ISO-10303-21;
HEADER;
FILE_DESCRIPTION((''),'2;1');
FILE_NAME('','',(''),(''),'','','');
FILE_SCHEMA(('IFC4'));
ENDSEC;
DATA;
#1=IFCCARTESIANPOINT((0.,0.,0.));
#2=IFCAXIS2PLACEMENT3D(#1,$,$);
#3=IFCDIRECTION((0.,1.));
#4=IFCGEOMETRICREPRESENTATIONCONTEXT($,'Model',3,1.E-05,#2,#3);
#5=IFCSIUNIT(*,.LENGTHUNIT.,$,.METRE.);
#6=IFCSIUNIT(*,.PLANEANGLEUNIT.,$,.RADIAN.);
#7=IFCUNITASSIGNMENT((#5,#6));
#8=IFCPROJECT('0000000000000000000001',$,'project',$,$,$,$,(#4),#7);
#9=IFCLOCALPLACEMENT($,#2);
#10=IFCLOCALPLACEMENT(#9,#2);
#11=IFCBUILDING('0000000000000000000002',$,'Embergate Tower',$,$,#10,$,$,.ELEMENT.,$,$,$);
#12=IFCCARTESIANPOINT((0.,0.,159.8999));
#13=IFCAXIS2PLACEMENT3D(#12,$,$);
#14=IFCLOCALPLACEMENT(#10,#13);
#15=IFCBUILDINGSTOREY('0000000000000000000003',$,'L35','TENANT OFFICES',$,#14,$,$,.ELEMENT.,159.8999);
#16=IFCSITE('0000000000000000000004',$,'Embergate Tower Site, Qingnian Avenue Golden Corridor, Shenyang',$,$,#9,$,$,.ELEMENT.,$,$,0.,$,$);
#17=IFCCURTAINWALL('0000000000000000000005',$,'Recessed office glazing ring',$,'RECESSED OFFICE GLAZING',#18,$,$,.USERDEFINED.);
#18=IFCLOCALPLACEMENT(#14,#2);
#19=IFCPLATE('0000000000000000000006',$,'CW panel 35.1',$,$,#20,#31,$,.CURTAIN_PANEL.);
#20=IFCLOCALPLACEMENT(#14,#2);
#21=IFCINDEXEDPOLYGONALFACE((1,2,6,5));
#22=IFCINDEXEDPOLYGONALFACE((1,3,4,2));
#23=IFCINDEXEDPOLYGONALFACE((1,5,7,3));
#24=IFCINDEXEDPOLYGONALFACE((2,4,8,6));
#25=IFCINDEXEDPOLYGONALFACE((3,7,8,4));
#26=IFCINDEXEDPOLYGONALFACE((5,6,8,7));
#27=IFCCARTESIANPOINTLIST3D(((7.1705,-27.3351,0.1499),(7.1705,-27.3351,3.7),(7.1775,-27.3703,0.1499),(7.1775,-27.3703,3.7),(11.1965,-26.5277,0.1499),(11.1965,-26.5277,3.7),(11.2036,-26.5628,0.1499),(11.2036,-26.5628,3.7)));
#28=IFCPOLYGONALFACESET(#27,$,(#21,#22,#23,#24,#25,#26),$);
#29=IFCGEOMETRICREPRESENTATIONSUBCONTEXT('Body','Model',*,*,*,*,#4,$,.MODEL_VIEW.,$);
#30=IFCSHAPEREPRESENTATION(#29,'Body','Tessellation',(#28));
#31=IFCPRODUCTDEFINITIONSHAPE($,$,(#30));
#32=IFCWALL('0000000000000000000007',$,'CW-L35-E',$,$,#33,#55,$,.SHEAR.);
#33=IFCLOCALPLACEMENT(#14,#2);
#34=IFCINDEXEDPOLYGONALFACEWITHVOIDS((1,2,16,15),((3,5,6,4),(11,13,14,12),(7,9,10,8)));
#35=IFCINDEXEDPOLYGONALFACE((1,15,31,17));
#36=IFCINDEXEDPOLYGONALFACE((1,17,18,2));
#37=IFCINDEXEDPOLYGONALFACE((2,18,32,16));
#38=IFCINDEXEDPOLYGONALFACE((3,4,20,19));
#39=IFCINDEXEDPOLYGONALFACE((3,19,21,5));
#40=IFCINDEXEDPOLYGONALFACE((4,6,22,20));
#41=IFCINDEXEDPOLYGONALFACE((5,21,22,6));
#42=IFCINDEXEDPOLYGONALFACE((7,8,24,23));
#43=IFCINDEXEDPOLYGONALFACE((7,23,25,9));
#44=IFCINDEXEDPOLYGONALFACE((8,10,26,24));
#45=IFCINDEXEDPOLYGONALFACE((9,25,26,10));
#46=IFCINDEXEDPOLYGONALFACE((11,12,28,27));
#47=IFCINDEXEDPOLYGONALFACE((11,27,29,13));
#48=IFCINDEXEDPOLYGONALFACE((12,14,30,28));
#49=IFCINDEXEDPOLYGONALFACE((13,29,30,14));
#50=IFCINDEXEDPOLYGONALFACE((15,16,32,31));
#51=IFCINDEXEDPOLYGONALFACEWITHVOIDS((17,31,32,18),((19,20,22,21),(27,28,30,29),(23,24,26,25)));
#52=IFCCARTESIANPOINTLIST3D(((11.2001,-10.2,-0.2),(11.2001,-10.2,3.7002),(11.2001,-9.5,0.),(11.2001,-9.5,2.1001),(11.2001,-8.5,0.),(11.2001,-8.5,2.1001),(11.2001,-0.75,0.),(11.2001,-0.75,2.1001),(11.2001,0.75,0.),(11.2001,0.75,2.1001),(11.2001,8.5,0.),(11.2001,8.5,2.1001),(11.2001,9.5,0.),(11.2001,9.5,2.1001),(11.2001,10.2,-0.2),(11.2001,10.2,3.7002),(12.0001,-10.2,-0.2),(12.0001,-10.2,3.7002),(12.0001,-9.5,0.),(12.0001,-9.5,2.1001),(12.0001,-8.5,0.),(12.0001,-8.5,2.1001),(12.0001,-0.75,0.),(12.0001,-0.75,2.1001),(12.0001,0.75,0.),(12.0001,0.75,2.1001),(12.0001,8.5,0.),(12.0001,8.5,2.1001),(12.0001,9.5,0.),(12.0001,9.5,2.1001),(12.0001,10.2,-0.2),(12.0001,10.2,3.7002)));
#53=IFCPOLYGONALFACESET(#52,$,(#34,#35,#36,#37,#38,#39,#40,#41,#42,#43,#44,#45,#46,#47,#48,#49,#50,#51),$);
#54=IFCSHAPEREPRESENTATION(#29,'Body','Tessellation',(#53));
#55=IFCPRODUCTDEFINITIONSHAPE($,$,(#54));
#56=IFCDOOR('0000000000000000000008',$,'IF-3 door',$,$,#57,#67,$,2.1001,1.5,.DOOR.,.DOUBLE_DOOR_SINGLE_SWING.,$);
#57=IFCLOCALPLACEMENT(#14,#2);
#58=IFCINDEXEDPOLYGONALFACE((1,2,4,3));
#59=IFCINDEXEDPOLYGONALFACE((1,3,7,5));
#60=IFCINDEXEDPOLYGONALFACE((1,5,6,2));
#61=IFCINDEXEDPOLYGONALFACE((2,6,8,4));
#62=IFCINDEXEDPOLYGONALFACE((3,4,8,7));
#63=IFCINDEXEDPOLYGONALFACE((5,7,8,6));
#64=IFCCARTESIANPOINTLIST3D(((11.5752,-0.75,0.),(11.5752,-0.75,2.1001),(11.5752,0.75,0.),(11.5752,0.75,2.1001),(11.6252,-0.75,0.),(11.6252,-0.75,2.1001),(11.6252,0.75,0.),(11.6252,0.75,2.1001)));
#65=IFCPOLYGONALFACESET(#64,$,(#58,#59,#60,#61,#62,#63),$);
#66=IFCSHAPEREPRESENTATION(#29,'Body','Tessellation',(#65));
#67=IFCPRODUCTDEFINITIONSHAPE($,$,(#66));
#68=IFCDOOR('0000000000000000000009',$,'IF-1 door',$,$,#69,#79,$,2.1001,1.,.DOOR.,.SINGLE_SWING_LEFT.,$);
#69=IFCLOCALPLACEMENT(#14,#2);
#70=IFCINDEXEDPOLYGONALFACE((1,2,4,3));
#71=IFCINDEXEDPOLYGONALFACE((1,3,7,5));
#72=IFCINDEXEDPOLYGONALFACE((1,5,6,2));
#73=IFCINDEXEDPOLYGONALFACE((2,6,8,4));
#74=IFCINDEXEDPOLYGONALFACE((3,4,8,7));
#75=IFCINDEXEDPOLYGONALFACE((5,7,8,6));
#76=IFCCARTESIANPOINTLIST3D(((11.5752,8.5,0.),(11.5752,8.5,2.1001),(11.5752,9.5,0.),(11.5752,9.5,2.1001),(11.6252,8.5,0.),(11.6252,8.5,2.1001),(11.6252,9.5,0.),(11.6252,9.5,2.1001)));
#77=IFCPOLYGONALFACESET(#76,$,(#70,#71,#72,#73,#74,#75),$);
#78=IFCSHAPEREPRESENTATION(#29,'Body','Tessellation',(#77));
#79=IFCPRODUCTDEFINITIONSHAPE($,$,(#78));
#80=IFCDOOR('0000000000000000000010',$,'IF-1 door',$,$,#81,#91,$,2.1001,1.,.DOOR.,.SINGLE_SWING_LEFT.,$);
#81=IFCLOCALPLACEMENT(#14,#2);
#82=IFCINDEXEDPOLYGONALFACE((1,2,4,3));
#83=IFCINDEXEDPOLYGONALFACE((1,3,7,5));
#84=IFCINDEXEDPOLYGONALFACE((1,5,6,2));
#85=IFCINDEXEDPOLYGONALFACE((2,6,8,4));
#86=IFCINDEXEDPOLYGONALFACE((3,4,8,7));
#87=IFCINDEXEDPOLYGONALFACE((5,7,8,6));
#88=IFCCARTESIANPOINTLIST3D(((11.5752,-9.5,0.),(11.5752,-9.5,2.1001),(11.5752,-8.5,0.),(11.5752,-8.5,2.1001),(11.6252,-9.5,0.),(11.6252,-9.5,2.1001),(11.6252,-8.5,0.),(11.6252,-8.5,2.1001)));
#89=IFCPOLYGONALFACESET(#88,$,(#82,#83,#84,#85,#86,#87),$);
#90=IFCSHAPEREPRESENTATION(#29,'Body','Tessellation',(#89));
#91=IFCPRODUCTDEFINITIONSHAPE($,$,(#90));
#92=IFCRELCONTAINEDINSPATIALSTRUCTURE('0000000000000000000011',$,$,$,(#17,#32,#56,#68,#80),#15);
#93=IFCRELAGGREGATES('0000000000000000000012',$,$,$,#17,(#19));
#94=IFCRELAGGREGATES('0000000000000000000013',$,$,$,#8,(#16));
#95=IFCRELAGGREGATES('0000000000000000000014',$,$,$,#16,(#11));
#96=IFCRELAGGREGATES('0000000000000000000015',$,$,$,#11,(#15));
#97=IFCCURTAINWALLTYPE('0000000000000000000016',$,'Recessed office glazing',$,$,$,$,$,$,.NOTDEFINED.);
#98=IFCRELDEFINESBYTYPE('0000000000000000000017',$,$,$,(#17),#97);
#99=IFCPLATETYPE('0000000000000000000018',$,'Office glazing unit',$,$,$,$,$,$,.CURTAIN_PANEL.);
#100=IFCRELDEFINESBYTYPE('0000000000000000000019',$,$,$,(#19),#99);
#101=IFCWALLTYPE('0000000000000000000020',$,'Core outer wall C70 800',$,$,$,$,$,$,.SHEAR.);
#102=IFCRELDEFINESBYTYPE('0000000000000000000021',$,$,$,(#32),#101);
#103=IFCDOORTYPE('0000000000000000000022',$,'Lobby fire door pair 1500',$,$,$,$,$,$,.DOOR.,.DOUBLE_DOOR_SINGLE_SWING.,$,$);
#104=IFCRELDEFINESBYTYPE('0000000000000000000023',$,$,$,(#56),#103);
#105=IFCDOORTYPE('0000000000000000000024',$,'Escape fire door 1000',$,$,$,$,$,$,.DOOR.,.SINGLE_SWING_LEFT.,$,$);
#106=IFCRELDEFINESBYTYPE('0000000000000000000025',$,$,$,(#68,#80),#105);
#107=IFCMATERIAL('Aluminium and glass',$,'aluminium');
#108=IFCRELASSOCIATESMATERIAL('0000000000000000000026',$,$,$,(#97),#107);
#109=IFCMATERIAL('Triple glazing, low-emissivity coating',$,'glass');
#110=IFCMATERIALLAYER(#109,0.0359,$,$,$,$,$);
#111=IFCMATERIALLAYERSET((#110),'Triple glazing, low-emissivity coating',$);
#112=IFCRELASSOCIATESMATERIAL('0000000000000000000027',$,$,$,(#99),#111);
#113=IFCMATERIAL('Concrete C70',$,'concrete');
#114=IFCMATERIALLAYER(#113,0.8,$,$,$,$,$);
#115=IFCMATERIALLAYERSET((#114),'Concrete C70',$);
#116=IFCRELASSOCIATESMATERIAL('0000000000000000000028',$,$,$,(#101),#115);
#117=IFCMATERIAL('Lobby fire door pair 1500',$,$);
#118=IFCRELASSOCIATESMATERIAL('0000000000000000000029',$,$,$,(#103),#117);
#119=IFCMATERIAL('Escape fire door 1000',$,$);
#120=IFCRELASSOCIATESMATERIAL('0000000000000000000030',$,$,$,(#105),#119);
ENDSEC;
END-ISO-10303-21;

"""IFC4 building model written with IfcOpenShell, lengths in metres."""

from ifc_helpers import new_model, si_unit, direction, frame, frame_2d, origin, origin_2d, place, context, subcontext, project, spatial, rectangle, extrude, source, transform, mapped, material, layer, layer_set, type_object, element, fill, aggregate, save


model = new_model("IFC4")

# Units and contexts
model_context = context("Model", 3, precision=1e-05, world=origin(), true_north=direction((0.0, 1.0)))
body_context = subcontext(model_context, "Body", "Model", "MODEL_VIEW")
ifc_project = project(units=[si_unit("LENGTHUNIT", "METRE"), si_unit("PLANEANGLEUNIT", "RADIAN")], contexts=[model_context])

# Site, building, storey
site_placement = place(None, origin())
site = spatial("IfcSite", under=ifc_project, at=site_placement, Name="Embergate Tower Site, Qingnian Avenue Golden Corridor, Shenyang", CompositionType="ELEMENT", RefElevation=0.0)
building_placement = place(site_placement, origin())
building = spatial("IfcBuilding", under=site, at=building_placement, Name="Embergate Tower", CompositionType="ELEMENT")
storey_placement = place(building_placement, frame((0.0, 0.0, 159.8999)))
storey = spatial("IfcBuildingStorey", under=building, at=storey_placement, Name="L35", Description="TENANT OFFICES", CompositionType="ELEMENT", Elevation=159.8999)

# Shared definitions
ifc_material_1 = material(Name="Concrete C70", Category="concrete")

# Curtain wall, plate
ifc_material_2 = material(Name="Aluminium and glass", Category="aluminium")
curtain_wall_type = type_object("IfcCurtainWallType", Name="Recessed office glazing", PredefinedType="NOTDEFINED", material=ifc_material_2)
curtain_wall_placement = place(storey_placement, origin())
curtain_wall = element("IfcCurtainWall", 1, at=curtain_wall_placement, inside=storey, type_object=curtain_wall_type, Name="Recessed office glazing ring", ObjectType="RECESSED OFFICE GLAZING", PredefinedType="USERDEFINED")
ifc_material_3 = material(Name="Triple glazing, low-emissivity coating", Category="glass")
ifc_layer_1 = layer(ifc_material_3, 0.0359)
ifc_layer_set_1 = layer_set([ifc_layer_1], Name="Triple glazing, low-emissivity coating")
plate_type = type_object("IfcPlateType", Name="Office glazing unit", PredefinedType="CURTAIN_PANEL", material=ifc_layer_set_1)
shared_shape_1 = source(origin(), body_context, "Body", "SweptSolid", [
    extrude(rectangle(XDim=4.1062, YDim=0.0359, at=origin_2d()), origin(), (0.0, 0.0, 1.0), 3.55),
])
plate_1_placement = place(storey_placement, frame((9.187, -26.949, 0.1499), z_axis=(0.0, 0.0, 1.0), x_axis=(0.980476, 0.196639, 0.0)))
plate_1 = element("IfcPlate", 2, at=plate_1_placement, type_object=plate_type, Name="CW panel 35.1", PredefinedType="CURTAIN_PANEL", context=body_context, shape_type="MappedRepresentation", body=[
    mapped(shared_shape_1, transform((0.0, 0.0, 0.0))),
])
aggregate(curtain_wall, [plate_1])

# Wall, openings, doors
ifc_layer_2 = layer(ifc_material_1, 0.8)
ifc_layer_set_2 = layer_set([ifc_layer_2], Name="Concrete C70")
wall_type_1 = type_object("IfcWallType", Name="Core outer wall C70 800", PredefinedType="SHEAR", material=ifc_layer_set_2)
shared_shape_2 = source(origin(), body_context, "Body", "SweptSolid", [
    extrude(rectangle(XDim=20.3999, YDim=0.8, at=frame_2d((10.2, 0.0))), origin(), (0.0, 0.0, 1.0), 3.9001),
])
wall_1_placement = place(storey_placement, frame((11.6001, -10.2, -0.2), z_axis=(0.0, 0.0, 1.0), x_axis=(0.0, 1.0, 0.0)))
wall_1 = element("IfcWall", 3, at=wall_1_placement, inside=storey, type_object=wall_type_1, Name="CW-L35-E", PredefinedType="SHEAR", context=body_context, shape_type="MappedRepresentation", body=[
    mapped(shared_shape_2, transform((0.0, 0.0, 0.0))),
])
shared_shape_3 = source(origin(), body_context, "Body", "SweptSolid", [
    extrude(rectangle(XDim=1.0, YDim=2.1001, at=frame_2d((0.5, 1.05))), frame((0.0, 0.4099, 0.0), z_axis=(0.0, -1.0, 0.0), x_axis=(1.0, 0.0, 0.0)), (0.0, 0.0, 1.0), 0.8201),
])
opening_1_placement = place(wall_1_placement, frame((18.7, 0.0, 0.2)))
opening_1 = element("IfcOpeningElement", 4, at=opening_1_placement, cuts=wall_1, PredefinedType="OPENING", context=body_context, shape_type="MappedRepresentation", body=[
    mapped(shared_shape_3, transform((0.0, 0.0, 0.0))),
])
opening_2_placement = place(wall_1_placement, frame((0.7, 0.0, 0.2)))
opening_2 = element("IfcOpeningElement", 5, at=opening_2_placement, cuts=wall_1, PredefinedType="OPENING", context=body_context, shape_type="MappedRepresentation", body=[
    mapped(shared_shape_3, transform((0.0, 0.0, 0.0))),
])
shared_shape_4 = source(origin(), body_context, "Body", "SweptSolid", [
    extrude(rectangle(XDim=1.5, YDim=2.1001, at=frame_2d((0.75, 1.05))), frame((0.0, 0.4099, 0.0), z_axis=(0.0, -1.0, 0.0), x_axis=(1.0, 0.0, 0.0)), (0.0, 0.0, 1.0), 0.8201),
])
opening_3_placement = place(wall_1_placement, frame((9.45, 0.0, 0.2)))
opening_3 = element("IfcOpeningElement", 6, at=opening_3_placement, cuts=wall_1, PredefinedType="OPENING", context=body_context, shape_type="MappedRepresentation", body=[
    mapped(shared_shape_4, transform((0.0, 0.0, 0.0))),
])
ifc_material_4 = material(Name="Lobby fire door pair 1500")
door_type_1 = type_object("IfcDoorType", Name="Lobby fire door pair 1500", OperationType="DOUBLE_DOOR_SINGLE_SWING", PredefinedType="DOOR", material=ifc_material_4)
shared_shape_5 = source(origin(), body_context, "Body", "SweptSolid", [
    extrude(rectangle(XDim=1.5, YDim=2.1001, at=frame_2d((0.75, 1.05))), frame((0.0, 0.0249, 0.0), z_axis=(0.0, -1.0, 0.0), x_axis=(1.0, 0.0, 0.0)), (0.0, 0.0, 1.0), 0.05),
])
door_1_placement = place(opening_3_placement, origin())
door_1 = element("IfcDoor", 7, at=door_1_placement, inside=storey, type_object=door_type_1, Name="IF-3 door", OperationType="DOUBLE_DOOR_SINGLE_SWING", OverallHeight=2.1001, OverallWidth=1.5, PredefinedType="DOOR", context=body_context, shape_type="MappedRepresentation", body=[
    mapped(shared_shape_5, transform((0.0, 0.0, 0.0))),
])
fill(opening_3, door_1)
ifc_material_5 = material(Name="Escape fire door 1000")
door_type_2 = type_object("IfcDoorType", Name="Escape fire door 1000", OperationType="SINGLE_SWING_LEFT", PredefinedType="DOOR", material=ifc_material_5)
shared_shape_6 = source(origin(), body_context, "Body", "SweptSolid", [
    extrude(rectangle(XDim=1.0, YDim=2.1001, at=frame_2d((0.5, 1.05))), frame((0.0, 0.0249, 0.0), z_axis=(0.0, -1.0, 0.0), x_axis=(1.0, 0.0, 0.0)), (0.0, 0.0, 1.0), 0.05),
])
door_2_placement = place(opening_1_placement, origin())
door_2 = element("IfcDoor", 8, at=door_2_placement, inside=storey, type_object=door_type_2, Name="IF-1 door", OperationType="SINGLE_SWING_LEFT", OverallHeight=2.1001, OverallWidth=1.0, PredefinedType="DOOR", context=body_context, shape_type="MappedRepresentation", body=[
    mapped(shared_shape_6, transform((0.0, 0.0, 0.0))),
])
fill(opening_1, door_2)
door_3_placement = place(opening_2_placement, origin())
door_3 = element("IfcDoor", 9, at=door_3_placement, inside=storey, type_object=door_type_2, Name="IF-1 door", OperationType="SINGLE_SWING_LEFT", OverallHeight=2.1001, OverallWidth=1.0, PredefinedType="DOOR", context=body_context, shape_type="MappedRepresentation", body=[
    mapped(shared_shape_6, transform((0.0, 0.0, 0.0))),
])
fill(opening_2, door_3)

save(model, "model.ifc")
